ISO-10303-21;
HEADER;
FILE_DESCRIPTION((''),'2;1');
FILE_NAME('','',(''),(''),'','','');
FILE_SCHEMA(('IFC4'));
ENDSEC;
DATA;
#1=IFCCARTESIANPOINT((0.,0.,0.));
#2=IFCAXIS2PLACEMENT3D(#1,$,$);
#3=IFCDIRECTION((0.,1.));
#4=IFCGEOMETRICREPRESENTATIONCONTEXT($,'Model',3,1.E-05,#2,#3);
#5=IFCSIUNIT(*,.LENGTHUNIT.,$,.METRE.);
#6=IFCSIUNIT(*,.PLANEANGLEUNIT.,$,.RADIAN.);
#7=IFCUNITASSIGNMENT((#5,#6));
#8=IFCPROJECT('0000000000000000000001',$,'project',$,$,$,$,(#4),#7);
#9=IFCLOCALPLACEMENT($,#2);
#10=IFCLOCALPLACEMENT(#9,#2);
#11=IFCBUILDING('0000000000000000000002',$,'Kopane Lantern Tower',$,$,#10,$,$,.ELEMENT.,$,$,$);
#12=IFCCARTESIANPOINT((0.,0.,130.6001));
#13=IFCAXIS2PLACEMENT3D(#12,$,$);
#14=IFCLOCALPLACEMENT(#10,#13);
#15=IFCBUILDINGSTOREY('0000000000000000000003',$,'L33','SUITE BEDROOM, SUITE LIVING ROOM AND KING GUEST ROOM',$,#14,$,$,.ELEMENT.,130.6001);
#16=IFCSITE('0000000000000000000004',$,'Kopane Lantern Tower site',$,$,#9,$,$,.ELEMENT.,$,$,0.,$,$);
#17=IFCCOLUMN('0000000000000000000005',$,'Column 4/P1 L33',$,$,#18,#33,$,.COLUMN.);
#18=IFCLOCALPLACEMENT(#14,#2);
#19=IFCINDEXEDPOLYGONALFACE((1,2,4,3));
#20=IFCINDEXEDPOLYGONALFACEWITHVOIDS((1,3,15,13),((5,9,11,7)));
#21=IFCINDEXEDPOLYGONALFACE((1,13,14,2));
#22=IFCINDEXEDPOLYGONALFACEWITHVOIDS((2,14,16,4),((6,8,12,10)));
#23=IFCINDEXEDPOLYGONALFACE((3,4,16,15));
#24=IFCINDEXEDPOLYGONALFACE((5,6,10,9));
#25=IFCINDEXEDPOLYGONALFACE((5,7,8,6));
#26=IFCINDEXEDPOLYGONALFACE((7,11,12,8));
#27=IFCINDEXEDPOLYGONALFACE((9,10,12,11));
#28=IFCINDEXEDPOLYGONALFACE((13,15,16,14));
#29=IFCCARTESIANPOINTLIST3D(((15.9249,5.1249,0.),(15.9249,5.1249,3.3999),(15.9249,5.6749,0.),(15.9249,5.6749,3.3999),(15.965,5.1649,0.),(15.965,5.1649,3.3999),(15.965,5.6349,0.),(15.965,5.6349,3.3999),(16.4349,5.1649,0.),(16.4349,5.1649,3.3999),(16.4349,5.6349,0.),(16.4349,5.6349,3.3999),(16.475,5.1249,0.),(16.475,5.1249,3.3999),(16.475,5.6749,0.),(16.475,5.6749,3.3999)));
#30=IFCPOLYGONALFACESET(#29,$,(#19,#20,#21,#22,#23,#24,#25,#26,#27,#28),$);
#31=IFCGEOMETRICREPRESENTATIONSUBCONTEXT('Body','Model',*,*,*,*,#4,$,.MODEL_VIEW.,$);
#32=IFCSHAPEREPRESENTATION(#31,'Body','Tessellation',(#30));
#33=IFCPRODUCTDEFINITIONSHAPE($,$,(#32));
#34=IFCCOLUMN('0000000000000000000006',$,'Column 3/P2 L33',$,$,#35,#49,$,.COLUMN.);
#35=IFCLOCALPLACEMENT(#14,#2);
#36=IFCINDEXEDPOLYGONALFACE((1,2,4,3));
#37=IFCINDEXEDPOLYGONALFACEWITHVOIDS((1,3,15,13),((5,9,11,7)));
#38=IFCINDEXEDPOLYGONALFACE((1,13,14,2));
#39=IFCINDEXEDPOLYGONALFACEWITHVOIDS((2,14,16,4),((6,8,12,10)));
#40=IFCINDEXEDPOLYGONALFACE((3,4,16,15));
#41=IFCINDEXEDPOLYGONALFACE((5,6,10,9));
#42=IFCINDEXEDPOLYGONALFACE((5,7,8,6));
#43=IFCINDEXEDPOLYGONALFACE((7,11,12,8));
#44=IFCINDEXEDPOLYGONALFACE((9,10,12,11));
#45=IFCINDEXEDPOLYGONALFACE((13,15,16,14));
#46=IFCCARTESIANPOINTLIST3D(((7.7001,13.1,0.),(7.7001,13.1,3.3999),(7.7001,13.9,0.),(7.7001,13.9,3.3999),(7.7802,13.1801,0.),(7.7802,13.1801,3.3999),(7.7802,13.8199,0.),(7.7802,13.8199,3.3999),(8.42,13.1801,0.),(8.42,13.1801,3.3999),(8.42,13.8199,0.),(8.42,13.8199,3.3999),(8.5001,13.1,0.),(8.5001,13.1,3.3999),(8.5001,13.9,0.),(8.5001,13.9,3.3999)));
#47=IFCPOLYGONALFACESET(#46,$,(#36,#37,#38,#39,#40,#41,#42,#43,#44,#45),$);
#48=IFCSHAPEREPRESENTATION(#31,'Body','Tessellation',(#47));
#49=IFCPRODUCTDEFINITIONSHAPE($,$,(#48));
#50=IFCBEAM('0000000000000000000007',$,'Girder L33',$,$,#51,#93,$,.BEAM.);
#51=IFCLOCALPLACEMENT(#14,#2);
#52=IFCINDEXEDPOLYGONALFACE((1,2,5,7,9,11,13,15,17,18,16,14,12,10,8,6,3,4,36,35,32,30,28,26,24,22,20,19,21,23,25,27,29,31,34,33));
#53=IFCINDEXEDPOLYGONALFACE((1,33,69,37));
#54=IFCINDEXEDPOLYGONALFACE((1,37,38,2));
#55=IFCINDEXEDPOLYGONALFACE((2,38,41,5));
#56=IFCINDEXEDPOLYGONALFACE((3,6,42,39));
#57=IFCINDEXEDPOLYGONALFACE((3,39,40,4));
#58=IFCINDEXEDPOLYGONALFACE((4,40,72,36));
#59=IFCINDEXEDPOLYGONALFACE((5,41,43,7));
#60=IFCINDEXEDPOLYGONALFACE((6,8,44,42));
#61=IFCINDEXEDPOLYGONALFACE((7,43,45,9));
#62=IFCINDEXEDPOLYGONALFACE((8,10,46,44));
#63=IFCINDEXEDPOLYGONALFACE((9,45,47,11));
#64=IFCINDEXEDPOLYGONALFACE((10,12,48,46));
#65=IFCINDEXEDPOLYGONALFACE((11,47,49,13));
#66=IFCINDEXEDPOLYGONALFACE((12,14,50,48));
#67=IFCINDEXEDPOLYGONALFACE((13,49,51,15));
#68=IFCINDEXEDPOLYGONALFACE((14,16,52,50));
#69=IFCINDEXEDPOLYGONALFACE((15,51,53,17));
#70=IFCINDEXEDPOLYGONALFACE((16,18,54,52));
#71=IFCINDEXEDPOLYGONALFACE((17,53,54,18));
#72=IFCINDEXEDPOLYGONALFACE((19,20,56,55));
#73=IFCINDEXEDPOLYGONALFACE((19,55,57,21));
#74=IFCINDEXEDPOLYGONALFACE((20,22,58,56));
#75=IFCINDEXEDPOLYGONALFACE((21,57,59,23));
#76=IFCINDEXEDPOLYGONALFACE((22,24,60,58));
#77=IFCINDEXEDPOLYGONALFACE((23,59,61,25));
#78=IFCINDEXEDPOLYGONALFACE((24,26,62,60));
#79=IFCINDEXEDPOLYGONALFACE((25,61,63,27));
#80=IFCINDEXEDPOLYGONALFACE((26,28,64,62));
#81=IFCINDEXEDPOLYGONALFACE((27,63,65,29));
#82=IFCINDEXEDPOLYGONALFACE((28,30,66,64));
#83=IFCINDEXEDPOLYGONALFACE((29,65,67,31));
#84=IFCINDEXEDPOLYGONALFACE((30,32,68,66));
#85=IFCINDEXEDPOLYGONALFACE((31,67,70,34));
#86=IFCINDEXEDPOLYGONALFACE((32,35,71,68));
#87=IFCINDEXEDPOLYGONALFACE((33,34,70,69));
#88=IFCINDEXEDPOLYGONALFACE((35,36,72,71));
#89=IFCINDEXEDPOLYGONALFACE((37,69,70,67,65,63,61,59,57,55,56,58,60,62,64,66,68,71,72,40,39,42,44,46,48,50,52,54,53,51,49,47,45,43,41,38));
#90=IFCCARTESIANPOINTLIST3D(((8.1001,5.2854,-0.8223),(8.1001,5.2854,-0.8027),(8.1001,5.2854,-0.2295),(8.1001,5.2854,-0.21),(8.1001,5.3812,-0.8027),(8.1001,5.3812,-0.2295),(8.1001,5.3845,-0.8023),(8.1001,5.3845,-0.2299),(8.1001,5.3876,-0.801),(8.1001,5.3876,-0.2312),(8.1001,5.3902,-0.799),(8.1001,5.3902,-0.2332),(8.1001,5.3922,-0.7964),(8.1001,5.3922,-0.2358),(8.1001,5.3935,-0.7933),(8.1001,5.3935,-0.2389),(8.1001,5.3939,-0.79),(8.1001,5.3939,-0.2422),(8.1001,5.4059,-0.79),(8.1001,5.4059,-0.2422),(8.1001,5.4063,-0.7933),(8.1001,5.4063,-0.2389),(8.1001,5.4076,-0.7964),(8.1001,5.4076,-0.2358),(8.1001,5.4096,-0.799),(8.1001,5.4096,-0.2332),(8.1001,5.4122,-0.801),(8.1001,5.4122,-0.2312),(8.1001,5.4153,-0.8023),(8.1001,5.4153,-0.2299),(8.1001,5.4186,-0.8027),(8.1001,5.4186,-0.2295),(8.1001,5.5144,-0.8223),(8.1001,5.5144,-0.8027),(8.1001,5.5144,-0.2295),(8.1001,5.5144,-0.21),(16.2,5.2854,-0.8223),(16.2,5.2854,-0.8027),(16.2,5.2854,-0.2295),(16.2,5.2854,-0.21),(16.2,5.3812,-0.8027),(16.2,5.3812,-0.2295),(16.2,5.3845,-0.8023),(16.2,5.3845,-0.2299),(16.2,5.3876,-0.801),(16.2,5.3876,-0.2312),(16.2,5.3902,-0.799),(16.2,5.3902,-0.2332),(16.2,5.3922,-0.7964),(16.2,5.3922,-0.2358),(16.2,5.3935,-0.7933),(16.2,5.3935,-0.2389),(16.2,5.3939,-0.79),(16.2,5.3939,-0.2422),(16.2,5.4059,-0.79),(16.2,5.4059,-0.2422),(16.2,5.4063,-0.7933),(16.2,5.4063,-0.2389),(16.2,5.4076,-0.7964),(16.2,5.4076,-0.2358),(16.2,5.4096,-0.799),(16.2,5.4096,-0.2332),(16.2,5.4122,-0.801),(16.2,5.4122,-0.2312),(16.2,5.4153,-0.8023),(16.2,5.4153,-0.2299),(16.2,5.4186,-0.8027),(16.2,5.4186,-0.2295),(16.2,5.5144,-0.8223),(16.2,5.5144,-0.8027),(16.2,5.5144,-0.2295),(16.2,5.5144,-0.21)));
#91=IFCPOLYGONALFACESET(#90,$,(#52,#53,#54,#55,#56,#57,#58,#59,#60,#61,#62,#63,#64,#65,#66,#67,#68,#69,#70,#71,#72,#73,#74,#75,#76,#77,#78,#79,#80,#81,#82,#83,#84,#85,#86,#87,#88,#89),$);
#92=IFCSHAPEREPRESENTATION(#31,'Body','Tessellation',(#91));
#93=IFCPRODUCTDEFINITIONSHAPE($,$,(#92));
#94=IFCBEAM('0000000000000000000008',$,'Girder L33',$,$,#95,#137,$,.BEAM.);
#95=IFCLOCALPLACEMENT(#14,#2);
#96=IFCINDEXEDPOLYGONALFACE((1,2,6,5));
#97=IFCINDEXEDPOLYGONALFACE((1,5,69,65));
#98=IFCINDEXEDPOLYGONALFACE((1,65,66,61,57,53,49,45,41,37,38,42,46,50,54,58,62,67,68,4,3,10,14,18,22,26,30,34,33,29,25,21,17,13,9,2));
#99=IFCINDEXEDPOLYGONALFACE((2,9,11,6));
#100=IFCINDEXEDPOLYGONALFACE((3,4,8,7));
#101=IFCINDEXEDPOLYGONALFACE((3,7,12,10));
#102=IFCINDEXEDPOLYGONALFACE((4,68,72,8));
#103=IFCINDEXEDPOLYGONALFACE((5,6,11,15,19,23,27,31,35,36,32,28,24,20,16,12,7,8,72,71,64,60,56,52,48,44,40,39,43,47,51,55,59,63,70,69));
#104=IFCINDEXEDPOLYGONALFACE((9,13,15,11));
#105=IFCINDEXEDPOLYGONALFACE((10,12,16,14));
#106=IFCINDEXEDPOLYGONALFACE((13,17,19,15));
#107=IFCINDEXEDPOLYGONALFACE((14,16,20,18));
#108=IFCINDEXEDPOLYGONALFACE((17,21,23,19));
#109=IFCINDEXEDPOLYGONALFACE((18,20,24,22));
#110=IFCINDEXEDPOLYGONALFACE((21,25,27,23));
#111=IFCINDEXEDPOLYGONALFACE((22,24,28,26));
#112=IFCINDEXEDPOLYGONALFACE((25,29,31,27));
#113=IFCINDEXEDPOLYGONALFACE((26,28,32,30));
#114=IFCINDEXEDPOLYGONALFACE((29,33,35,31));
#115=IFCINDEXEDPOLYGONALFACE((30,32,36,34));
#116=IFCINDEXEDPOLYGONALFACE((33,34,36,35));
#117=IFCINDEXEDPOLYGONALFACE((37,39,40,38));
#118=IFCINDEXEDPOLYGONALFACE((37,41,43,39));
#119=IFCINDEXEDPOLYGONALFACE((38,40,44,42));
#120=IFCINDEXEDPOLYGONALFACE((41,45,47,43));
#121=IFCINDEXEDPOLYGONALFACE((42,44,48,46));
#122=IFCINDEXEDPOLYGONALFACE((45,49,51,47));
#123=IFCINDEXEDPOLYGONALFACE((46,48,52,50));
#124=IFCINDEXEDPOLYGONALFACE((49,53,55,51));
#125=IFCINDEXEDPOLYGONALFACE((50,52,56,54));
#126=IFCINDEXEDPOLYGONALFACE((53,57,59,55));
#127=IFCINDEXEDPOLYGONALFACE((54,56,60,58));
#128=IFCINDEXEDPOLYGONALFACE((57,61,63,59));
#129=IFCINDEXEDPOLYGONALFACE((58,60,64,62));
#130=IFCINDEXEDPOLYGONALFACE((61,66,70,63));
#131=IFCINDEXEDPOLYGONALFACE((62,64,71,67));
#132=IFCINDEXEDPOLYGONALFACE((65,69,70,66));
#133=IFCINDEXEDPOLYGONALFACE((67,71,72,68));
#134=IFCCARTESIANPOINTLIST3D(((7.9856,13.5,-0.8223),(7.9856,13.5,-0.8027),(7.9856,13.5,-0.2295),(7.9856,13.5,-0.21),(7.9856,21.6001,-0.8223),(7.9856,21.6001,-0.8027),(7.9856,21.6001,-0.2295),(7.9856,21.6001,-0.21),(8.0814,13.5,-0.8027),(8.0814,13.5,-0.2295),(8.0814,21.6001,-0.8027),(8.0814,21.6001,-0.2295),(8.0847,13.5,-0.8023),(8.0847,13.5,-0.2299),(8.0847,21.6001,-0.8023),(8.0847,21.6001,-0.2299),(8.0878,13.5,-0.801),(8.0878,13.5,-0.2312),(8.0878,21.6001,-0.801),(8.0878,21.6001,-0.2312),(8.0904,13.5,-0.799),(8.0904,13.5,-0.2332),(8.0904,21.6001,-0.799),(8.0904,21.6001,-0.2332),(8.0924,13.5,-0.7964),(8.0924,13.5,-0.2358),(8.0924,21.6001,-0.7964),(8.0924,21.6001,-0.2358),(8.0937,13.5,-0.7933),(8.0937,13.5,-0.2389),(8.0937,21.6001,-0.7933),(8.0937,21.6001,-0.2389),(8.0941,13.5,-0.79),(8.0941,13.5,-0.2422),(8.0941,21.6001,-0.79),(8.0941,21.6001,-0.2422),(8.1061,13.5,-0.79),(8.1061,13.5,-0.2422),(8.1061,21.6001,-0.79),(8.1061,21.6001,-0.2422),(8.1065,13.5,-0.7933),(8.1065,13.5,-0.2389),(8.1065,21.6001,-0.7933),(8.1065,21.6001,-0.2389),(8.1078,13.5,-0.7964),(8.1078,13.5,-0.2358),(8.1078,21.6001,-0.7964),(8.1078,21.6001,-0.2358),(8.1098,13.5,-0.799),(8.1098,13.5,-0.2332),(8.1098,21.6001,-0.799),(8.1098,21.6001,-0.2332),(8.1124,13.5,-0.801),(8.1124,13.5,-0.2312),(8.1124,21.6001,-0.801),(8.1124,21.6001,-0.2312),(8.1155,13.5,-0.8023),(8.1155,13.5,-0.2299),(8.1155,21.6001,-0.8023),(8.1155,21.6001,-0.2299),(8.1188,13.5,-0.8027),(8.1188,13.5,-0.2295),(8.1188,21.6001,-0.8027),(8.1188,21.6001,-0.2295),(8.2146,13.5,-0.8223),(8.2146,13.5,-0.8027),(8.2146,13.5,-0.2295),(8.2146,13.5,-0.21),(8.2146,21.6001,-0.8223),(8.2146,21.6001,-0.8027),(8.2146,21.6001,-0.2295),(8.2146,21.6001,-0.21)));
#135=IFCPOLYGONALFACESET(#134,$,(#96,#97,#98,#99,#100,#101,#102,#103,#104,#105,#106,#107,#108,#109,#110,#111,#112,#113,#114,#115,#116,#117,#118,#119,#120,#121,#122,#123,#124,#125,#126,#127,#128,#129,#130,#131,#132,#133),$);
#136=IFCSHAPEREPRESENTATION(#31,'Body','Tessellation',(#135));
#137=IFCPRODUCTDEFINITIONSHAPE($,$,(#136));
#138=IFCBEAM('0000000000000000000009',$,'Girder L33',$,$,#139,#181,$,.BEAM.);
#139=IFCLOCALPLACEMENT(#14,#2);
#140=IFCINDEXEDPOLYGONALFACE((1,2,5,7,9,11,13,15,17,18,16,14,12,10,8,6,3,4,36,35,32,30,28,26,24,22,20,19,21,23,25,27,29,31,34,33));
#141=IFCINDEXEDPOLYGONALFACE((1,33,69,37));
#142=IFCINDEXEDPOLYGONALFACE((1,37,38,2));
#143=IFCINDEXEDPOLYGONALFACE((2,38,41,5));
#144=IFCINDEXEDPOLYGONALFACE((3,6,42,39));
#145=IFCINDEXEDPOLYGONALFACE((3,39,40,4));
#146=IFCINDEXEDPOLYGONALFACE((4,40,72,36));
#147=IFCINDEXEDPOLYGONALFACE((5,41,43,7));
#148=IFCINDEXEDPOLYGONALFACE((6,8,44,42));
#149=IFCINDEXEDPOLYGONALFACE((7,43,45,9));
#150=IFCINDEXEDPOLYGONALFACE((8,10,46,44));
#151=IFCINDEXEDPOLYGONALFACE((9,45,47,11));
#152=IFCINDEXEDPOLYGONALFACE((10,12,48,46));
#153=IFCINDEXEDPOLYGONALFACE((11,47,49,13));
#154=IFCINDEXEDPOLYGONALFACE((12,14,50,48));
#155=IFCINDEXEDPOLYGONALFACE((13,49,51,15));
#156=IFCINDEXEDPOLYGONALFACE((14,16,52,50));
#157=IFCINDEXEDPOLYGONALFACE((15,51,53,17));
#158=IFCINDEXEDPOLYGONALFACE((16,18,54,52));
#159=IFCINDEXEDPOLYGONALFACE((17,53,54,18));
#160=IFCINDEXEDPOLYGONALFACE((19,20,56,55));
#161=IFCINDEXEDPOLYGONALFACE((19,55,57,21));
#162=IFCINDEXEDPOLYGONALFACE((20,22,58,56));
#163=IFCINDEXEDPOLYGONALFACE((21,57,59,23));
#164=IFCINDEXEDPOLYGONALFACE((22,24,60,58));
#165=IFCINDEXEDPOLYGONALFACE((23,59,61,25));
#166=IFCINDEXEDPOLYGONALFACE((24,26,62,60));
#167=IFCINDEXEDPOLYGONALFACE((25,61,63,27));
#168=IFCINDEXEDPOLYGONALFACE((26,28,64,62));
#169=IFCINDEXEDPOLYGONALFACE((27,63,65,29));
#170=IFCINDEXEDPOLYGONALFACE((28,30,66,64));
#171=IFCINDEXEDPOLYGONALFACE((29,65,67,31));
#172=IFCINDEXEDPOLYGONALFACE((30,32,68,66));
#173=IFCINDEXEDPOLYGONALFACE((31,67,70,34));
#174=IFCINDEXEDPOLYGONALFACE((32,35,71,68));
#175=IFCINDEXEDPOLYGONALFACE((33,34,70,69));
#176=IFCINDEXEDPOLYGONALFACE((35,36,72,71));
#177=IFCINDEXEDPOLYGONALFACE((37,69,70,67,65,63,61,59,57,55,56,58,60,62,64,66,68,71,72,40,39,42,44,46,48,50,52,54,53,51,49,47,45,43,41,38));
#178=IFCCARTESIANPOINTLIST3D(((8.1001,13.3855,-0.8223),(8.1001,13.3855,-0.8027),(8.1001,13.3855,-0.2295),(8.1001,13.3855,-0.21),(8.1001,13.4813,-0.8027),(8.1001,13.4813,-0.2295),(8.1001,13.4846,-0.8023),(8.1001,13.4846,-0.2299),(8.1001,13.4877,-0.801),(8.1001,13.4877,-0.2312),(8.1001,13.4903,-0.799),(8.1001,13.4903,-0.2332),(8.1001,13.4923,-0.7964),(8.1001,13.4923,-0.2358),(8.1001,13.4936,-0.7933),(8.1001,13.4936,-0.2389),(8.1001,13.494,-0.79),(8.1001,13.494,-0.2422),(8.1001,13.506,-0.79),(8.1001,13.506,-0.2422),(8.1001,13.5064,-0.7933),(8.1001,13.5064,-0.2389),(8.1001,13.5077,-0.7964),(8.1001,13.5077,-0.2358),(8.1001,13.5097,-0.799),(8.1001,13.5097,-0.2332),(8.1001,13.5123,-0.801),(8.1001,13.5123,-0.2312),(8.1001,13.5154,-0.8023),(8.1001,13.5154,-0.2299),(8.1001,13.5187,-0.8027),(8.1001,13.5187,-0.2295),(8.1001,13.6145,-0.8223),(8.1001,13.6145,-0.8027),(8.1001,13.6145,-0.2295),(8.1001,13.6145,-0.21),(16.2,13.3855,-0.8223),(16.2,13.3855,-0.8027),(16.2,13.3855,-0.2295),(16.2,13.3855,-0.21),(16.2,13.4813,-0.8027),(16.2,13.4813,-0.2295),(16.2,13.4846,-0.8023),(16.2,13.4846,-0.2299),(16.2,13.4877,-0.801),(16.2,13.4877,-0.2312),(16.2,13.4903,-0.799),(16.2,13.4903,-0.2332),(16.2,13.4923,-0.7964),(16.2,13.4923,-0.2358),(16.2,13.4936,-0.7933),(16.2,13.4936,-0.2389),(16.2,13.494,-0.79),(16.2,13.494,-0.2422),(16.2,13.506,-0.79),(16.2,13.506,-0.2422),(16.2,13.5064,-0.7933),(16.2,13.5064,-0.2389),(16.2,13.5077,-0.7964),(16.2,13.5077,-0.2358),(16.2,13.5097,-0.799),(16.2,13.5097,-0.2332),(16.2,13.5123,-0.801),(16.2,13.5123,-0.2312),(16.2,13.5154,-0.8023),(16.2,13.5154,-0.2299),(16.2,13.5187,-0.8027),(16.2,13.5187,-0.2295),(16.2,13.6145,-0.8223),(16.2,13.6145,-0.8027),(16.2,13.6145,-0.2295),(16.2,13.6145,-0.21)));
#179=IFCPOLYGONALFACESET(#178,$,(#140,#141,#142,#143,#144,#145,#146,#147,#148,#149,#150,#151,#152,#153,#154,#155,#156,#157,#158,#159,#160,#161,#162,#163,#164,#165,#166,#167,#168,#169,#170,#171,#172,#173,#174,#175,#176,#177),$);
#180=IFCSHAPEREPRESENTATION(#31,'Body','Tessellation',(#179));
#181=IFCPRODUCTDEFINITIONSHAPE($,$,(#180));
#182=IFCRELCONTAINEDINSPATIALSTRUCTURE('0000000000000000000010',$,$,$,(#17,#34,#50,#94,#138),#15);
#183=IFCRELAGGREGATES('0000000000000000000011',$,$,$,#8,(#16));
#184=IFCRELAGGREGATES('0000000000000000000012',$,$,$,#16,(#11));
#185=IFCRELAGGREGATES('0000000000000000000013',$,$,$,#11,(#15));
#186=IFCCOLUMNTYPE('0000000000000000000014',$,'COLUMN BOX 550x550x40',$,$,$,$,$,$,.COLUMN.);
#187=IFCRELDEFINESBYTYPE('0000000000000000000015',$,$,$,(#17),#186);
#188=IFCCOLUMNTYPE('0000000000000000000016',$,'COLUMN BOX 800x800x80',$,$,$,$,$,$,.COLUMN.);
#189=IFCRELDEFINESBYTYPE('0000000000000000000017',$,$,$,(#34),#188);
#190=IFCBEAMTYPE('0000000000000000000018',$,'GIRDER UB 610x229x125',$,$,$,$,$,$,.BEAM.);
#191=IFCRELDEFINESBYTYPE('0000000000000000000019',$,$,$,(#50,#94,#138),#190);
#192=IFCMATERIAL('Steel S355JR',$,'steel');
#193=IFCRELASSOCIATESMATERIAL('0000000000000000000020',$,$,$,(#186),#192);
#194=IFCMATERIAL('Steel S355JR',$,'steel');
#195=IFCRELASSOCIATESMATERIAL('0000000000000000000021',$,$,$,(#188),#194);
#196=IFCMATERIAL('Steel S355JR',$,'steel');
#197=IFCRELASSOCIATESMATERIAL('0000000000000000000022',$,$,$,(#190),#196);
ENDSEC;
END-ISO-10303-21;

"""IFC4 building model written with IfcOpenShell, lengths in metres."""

from ifc_helpers import new_model, si_unit, direction, frame, origin, origin_2d, place, context, subcontext, project, spatial, hollow_rectangle, i_section, extrude, material, material_profile, profile_set, type_object, element, save


model = new_model("IFC4")

# Units and contexts
model_context = context("Model", 3, precision=1e-05, world=origin(), true_north=direction((0.0, 1.0)))
body_context = subcontext(model_context, "Body", "Model", "MODEL_VIEW")
ifc_project = project(units=[si_unit("LENGTHUNIT", "METRE"), si_unit("PLANEANGLEUNIT", "RADIAN")], contexts=[model_context])

# Site, building, storey
site_placement = place(None, origin())
site = spatial("IfcSite", under=ifc_project, at=site_placement, Name="Kopane Lantern Tower site", CompositionType="ELEMENT", RefElevation=0.0)
building_placement = place(site_placement, origin())
building = spatial("IfcBuilding", under=site, at=building_placement, Name="Kopane Lantern Tower", CompositionType="ELEMENT")
storey_placement = place(building_placement, frame((0.0, 0.0, 130.6001)))
storey = spatial("IfcBuildingStorey", under=building, at=storey_placement, Name="L33", Description="SUITE BEDROOM, SUITE LIVING ROOM AND KING GUEST ROOM", CompositionType="ELEMENT", Elevation=130.6001)

# Columns
ifc_material_1 = material(Name="Steel S355JR", Category="steel")
ifc_material_profile_1 = material_profile(ifc_material_1, hollow_rectangle(XDim=0.55, YDim=0.55, WallThickness=0.04, at=origin_2d()), Name="BOX 550x550x40")
ifc_profile_set_1 = profile_set([ifc_material_profile_1], Name="Steel S355JR")
column_type_1 = type_object("IfcColumnType", Name="COLUMN BOX 550x550x40", PredefinedType="COLUMN", material=ifc_profile_set_1)
column_1_placement = place(storey_placement, frame((16.2, 5.3999, 0.0), z_axis=(0.0, 0.0, 1.0), x_axis=(1.0, 0.0, 0.0)))
element("IfcColumn", 1, at=column_1_placement, inside=storey, type_object=column_type_1, Name="Column 4/P1 L33", PredefinedType="COLUMN", context=body_context, shape_type="SweptSolid", body=[
    extrude(hollow_rectangle(XDim=0.55, YDim=0.55, WallThickness=0.04, at=origin_2d()), origin(), (0.0, 0.0, 1.0), 3.3999),
])
ifc_material_2 = material(Name="Steel S355JR", Category="steel")
ifc_material_profile_2 = material_profile(ifc_material_2, hollow_rectangle(XDim=0.8, YDim=0.8, WallThickness=0.0801, at=origin_2d()), Name="BOX 800x800x80")
ifc_profile_set_2 = profile_set([ifc_material_profile_2], Name="Steel S355JR")
column_type_2 = type_object("IfcColumnType", Name="COLUMN BOX 800x800x80", PredefinedType="COLUMN", material=ifc_profile_set_2)
column_2_placement = place(storey_placement, frame((8.1001, 13.5, 0.0), z_axis=(0.0, 0.0, 1.0), x_axis=(1.0, 0.0, 0.0)))
element("IfcColumn", 2, at=column_2_placement, inside=storey, type_object=column_type_2, Name="Column 3/P2 L33", PredefinedType="COLUMN", context=body_context, shape_type="SweptSolid", body=[
    extrude(hollow_rectangle(XDim=0.8, YDim=0.8, WallThickness=0.0801, at=origin_2d()), origin(), (0.0, 0.0, 1.0), 3.3999),
])

# Beams
ifc_material_3 = material(Name="Steel S355JR", Category="steel")
ifc_material_profile_3 = material_profile(ifc_material_3, i_section(OverallWidth=0.229, OverallDepth=0.6123, WebThickness=0.012, FlangeThickness=0.0195, FilletRadius=0.0127, at=origin_2d()), Name="UB 610x229x125")
ifc_profile_set_3 = profile_set([ifc_material_profile_3], Name="Steel S355JR")
beam_type = type_object("IfcBeamType", Name="GIRDER UB 610x229x125", PredefinedType="BEAM", material=ifc_profile_set_3)
beam_1_placement = place(storey_placement, frame((8.1001, 5.3999, -0.5161), z_axis=(1.0, 0.0, 0.0), x_axis=(0.0, 1.0, 0.0)))
element("IfcBeam", 3, at=beam_1_placement, inside=storey, type_object=beam_type, Name="Girder L33", PredefinedType="BEAM", context=body_context, shape_type="SweptSolid", body=[
    extrude(i_section(OverallWidth=0.229, OverallDepth=0.6123, WebThickness=0.012, FlangeThickness=0.0195, FilletRadius=0.0127, at=origin_2d()), origin(), (0.0, 0.0, 1.0), 8.0999),
])
beam_2_placement = place(storey_placement, frame((8.1001, 13.5, -0.5161), z_axis=(0.0, 1.0, 0.0), x_axis=(-1.0, 0.0, 0.0)))
element("IfcBeam", 4, at=beam_2_placement, inside=storey, type_object=beam_type, Name="Girder L33", PredefinedType="BEAM", context=body_context, shape_type="SweptSolid", body=[
    extrude(i_section(OverallWidth=0.229, OverallDepth=0.6123, WebThickness=0.012, FlangeThickness=0.0195, FilletRadius=0.0127, at=origin_2d()), origin(), (0.0, 0.0, 1.0), 8.1001),
])
beam_3_placement = place(storey_placement, frame((8.1001, 13.5, -0.5161), z_axis=(1.0, 0.0, 0.0), x_axis=(0.0, 1.0, 0.0)))
element("IfcBeam", 5, at=beam_3_placement, inside=storey, type_object=beam_type, Name="Girder L33", PredefinedType="BEAM", context=body_context, shape_type="SweptSolid", body=[
    extrude(i_section(OverallWidth=0.229, OverallDepth=0.6123, WebThickness=0.012, FlangeThickness=0.0195, FilletRadius=0.0127, at=origin_2d()), origin(), (0.0, 0.0, 1.0), 8.0999),
])

save(model, "model.ifc")
